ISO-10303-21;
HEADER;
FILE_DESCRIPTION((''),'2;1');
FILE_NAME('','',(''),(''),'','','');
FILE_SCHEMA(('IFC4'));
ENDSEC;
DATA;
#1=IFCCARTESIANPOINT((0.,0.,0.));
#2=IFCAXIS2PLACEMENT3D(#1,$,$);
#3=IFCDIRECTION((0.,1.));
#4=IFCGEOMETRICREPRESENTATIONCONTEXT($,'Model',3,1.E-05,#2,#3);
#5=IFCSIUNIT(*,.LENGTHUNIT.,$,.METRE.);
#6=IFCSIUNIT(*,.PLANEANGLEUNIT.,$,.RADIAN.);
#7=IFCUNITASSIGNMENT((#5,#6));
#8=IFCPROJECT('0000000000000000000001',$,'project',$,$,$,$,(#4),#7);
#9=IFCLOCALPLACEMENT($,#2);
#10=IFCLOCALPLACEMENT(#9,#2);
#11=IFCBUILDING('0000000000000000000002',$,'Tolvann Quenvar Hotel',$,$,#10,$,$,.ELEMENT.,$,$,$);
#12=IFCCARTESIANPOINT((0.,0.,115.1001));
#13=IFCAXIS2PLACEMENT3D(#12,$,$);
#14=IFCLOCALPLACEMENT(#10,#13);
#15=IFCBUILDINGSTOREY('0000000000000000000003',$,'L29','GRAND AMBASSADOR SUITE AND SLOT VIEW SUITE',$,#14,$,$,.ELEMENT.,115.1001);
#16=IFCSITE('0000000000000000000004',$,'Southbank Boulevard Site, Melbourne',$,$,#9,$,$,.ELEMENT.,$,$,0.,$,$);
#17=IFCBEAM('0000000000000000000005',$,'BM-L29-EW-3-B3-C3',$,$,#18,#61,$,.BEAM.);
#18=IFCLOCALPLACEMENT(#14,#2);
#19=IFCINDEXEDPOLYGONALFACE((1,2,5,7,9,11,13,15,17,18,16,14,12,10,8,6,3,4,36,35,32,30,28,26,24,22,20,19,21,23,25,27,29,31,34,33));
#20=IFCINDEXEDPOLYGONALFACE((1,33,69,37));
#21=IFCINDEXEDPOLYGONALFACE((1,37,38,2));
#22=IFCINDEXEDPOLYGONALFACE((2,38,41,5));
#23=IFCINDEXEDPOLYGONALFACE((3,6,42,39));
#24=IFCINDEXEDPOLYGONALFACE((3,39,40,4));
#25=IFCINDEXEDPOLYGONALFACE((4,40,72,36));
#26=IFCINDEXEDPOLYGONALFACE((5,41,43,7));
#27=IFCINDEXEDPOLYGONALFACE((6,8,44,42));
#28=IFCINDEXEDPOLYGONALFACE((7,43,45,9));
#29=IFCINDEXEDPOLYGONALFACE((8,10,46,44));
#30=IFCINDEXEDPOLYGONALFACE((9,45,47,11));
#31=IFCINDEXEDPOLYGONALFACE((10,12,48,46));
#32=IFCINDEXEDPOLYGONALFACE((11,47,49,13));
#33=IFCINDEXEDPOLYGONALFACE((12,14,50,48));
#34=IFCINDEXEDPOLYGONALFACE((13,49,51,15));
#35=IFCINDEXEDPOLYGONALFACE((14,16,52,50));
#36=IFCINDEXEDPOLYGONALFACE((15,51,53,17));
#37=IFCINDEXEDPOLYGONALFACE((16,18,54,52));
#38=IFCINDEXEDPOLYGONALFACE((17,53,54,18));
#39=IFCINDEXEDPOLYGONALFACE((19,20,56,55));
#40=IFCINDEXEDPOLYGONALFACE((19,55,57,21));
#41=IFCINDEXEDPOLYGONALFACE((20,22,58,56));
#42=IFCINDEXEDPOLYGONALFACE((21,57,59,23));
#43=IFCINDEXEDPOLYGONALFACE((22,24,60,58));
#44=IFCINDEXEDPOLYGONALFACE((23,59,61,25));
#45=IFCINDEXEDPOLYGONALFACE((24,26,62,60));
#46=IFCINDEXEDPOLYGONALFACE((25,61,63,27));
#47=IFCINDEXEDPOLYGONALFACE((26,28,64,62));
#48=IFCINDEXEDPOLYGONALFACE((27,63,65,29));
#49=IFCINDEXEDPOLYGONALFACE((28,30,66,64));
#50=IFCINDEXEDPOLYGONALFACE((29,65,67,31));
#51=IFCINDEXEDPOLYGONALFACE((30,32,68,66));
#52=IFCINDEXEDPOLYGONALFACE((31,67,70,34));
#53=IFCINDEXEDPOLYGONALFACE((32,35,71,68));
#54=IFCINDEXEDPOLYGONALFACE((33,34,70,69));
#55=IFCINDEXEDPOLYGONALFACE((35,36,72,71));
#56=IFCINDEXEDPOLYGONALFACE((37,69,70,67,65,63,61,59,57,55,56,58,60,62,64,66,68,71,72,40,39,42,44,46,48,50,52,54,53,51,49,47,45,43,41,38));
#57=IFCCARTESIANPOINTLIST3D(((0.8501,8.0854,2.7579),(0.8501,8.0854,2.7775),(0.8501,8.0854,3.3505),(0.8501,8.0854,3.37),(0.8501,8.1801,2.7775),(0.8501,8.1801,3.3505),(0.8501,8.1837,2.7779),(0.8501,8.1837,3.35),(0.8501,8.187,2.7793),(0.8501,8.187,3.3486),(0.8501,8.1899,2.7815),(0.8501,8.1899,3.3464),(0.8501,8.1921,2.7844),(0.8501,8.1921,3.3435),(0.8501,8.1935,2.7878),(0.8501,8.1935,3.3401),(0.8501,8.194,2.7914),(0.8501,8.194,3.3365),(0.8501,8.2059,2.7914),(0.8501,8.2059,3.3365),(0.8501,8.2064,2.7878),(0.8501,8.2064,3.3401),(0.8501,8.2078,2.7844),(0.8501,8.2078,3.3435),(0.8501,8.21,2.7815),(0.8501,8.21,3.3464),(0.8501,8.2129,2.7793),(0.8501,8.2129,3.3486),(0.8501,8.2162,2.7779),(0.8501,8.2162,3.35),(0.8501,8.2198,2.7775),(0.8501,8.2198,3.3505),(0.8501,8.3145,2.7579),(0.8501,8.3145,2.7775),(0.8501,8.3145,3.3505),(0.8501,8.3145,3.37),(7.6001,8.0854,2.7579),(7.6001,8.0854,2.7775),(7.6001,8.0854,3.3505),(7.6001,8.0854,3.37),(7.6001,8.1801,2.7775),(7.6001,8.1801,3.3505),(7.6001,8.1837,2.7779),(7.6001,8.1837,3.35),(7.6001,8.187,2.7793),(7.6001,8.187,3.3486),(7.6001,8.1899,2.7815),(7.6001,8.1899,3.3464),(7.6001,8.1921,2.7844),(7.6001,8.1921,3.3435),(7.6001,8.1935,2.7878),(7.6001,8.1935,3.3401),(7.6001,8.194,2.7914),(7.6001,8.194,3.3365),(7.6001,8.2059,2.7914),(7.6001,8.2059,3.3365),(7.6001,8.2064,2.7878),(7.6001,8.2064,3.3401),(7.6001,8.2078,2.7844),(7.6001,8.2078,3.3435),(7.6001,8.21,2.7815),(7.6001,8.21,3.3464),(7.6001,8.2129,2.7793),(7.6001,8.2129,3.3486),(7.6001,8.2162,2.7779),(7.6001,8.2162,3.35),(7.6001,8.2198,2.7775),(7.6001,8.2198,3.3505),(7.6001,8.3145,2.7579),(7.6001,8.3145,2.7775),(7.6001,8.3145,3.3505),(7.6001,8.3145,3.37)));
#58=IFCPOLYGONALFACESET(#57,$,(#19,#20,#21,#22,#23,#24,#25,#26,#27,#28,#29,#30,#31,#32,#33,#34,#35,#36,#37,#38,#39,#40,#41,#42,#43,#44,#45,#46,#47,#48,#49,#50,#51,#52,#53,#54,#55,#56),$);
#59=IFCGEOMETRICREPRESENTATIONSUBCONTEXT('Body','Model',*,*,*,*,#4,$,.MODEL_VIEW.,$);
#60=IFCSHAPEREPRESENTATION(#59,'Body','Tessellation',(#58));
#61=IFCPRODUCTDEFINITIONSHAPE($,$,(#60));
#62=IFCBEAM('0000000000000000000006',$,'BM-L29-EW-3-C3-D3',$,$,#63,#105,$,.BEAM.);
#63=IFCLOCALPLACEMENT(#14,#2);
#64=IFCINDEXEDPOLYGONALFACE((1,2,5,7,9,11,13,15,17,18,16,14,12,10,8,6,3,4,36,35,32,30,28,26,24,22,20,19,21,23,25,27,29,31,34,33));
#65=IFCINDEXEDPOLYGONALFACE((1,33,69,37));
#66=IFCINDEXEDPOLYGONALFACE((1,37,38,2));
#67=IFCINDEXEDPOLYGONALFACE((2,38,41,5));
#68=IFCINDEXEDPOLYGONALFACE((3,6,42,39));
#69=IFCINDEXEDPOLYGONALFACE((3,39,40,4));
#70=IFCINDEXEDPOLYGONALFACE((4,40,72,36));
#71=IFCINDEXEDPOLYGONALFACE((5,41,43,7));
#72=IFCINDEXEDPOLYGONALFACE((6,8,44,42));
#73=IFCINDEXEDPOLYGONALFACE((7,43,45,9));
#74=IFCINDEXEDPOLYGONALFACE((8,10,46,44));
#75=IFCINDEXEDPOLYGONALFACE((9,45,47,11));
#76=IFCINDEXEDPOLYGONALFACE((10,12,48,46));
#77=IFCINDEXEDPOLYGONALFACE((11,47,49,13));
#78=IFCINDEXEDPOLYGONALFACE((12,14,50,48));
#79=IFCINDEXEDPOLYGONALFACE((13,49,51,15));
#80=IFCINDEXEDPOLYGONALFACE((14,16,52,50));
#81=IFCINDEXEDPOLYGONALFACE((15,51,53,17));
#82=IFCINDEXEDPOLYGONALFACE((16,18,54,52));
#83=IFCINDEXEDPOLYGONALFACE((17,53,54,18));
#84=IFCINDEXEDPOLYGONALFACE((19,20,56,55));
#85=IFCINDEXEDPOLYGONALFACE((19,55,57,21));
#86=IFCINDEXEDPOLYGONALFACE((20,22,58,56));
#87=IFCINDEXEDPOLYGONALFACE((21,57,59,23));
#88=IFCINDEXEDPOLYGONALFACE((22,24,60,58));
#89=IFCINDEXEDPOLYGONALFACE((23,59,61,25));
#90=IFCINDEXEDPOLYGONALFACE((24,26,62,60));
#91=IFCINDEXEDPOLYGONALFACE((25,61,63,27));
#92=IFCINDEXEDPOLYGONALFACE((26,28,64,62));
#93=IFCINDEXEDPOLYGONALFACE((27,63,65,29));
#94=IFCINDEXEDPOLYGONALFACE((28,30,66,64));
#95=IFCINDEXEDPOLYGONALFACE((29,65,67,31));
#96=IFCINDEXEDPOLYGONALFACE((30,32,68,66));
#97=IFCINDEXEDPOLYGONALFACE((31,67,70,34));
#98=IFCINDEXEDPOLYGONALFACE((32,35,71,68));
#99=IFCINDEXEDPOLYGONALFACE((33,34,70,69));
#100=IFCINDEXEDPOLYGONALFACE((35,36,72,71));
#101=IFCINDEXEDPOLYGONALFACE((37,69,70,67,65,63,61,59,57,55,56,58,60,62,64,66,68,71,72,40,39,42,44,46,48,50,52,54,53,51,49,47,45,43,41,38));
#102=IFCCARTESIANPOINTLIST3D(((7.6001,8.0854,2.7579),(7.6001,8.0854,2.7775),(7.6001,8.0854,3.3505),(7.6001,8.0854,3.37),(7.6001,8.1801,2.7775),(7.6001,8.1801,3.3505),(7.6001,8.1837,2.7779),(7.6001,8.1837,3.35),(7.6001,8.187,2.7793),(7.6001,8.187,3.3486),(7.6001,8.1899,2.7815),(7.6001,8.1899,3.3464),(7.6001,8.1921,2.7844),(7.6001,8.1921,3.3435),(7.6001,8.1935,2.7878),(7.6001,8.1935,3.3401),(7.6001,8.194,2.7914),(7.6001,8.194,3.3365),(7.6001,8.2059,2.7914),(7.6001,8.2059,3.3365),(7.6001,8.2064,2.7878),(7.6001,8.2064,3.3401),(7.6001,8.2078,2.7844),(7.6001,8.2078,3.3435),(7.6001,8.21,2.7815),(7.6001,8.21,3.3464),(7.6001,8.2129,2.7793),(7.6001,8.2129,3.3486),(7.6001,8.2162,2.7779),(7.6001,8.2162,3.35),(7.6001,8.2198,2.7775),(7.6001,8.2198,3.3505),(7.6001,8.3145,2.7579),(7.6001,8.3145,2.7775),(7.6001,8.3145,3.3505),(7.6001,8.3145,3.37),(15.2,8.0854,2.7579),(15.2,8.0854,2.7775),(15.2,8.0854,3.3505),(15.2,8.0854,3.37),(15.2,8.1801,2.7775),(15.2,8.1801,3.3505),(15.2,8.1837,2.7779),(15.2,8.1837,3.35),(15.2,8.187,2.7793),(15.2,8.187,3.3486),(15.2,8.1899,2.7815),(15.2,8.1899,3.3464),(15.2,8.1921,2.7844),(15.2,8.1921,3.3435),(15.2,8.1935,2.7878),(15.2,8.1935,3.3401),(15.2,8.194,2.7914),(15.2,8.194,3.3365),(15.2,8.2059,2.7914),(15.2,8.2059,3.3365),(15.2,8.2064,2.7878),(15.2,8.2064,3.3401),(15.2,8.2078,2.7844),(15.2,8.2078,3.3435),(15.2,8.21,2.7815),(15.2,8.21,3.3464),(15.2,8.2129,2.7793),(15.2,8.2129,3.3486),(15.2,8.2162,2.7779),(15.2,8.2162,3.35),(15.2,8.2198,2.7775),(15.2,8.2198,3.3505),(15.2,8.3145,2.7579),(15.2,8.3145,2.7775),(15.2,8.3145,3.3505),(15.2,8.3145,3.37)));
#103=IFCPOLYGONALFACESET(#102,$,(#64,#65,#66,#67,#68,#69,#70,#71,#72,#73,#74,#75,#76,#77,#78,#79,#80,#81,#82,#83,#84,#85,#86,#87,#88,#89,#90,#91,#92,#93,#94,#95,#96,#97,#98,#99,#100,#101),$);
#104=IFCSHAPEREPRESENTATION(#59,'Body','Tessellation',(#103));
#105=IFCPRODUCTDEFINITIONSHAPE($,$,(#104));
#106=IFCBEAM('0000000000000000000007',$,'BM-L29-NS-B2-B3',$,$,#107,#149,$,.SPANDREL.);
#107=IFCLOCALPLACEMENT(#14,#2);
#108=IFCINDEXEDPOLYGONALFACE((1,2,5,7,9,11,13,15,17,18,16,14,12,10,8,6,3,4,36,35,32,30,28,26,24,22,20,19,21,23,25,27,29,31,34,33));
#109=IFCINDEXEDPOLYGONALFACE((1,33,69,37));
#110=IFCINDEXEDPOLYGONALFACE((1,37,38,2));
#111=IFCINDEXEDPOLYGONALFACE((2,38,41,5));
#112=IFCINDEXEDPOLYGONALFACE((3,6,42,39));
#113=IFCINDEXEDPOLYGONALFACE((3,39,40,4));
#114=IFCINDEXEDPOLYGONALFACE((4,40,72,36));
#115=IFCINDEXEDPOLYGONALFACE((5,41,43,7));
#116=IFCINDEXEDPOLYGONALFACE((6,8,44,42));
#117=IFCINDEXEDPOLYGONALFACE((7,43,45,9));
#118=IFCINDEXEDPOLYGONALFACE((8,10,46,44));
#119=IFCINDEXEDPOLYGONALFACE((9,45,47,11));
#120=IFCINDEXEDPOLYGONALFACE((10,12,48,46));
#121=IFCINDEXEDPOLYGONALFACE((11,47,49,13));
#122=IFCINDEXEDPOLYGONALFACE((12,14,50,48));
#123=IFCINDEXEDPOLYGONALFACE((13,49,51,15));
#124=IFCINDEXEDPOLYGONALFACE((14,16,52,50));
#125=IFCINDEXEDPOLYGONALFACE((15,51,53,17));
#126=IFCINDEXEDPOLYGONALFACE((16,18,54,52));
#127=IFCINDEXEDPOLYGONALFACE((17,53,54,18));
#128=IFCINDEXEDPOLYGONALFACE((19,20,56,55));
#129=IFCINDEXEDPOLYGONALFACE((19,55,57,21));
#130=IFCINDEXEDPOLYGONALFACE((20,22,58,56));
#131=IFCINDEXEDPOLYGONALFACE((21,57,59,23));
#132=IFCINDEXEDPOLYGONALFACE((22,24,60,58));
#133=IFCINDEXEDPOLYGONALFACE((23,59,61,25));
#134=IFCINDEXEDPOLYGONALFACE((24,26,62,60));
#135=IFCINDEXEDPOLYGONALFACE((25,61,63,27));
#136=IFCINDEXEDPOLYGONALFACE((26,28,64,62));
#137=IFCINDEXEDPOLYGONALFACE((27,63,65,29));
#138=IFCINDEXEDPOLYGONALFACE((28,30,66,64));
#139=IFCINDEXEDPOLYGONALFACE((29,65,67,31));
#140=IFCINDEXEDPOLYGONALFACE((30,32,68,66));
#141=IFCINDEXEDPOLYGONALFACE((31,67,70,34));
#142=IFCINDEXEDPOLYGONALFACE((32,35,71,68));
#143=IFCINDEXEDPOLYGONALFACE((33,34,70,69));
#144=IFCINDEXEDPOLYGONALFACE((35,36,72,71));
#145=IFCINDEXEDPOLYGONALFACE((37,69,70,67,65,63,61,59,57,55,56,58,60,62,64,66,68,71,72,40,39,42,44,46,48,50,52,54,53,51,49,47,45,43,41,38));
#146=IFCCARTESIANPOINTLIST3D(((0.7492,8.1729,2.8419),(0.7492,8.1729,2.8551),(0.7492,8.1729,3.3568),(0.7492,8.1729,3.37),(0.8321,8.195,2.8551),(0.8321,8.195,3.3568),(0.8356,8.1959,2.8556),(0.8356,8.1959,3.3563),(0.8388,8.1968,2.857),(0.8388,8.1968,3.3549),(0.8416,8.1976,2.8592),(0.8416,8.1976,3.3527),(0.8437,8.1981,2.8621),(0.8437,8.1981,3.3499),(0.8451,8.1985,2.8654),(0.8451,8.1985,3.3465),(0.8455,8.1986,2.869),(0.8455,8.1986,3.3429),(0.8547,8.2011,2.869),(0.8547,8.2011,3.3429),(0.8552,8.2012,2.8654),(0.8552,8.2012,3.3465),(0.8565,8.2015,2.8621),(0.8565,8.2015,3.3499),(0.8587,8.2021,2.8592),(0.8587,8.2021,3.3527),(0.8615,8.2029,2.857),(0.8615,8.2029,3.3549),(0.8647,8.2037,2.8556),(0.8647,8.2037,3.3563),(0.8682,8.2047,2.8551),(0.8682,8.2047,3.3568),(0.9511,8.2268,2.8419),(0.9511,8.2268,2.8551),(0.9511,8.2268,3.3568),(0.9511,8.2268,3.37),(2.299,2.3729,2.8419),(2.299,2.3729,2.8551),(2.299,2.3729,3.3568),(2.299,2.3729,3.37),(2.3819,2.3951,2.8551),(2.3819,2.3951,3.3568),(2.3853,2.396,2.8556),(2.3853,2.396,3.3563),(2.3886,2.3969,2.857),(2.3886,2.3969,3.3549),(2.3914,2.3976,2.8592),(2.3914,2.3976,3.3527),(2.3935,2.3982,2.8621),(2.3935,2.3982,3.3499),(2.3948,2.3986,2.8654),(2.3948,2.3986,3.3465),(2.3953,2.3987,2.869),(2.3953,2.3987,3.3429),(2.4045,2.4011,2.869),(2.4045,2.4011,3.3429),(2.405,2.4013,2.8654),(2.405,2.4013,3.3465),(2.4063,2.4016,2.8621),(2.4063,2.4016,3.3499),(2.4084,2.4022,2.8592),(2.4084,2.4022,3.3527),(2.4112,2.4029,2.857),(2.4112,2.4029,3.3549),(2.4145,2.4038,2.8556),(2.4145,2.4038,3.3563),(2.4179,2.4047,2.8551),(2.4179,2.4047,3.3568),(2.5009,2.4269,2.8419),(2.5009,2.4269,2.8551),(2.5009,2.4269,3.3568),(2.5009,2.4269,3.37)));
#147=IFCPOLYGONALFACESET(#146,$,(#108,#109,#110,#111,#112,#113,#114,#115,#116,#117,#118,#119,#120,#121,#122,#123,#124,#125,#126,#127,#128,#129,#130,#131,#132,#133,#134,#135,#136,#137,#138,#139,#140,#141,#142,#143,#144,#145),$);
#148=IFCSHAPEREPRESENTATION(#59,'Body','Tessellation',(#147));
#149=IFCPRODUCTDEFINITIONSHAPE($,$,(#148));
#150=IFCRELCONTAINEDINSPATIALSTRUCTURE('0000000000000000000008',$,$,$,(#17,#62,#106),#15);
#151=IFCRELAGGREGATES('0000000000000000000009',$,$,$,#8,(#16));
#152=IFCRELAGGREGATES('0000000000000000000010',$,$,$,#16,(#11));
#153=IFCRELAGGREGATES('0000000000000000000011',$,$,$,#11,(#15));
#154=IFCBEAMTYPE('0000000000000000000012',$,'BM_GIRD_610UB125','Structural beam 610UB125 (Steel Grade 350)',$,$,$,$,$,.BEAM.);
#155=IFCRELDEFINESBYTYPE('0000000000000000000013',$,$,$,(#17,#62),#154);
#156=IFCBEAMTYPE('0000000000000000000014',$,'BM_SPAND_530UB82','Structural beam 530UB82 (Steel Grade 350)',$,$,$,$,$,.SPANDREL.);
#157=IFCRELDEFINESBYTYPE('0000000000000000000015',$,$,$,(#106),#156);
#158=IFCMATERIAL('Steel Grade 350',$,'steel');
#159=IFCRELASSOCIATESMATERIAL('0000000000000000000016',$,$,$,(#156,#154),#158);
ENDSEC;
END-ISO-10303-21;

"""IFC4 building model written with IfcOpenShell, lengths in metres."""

from ifc_helpers import new_model, si_unit, direction, frame, origin, origin_2d, place, context, subcontext, project, spatial, i_section, extrude, source, transform, mapped, material, material_profile, profile_set, type_object, type_shapes, element, save


model = new_model("IFC4")

# Units and contexts
model_context = context("Model", 3, precision=1e-05, world=origin(), true_north=direction((0.0, 1.0)))
body_context = subcontext(model_context, "Body", "Model", "MODEL_VIEW")
ifc_project = project(units=[si_unit("LENGTHUNIT", "METRE"), si_unit("PLANEANGLEUNIT", "RADIAN")], contexts=[model_context])

# Site, building, storey
site_placement = place(None, origin())
site = spatial("IfcSite", under=ifc_project, at=site_placement, Name="Southbank Boulevard Site, Melbourne", CompositionType="ELEMENT", RefElevation=0.0)
building_placement = place(site_placement, origin())
building = spatial("IfcBuilding", under=site, at=building_placement, Name="Tolvann Quenvar Hotel", CompositionType="ELEMENT")
storey_placement = place(building_placement, frame((0.0, 0.0, 115.1001)))
storey = spatial("IfcBuildingStorey", under=building, at=storey_placement, Name="L29", Description="GRAND AMBASSADOR SUITE AND SLOT VIEW SUITE", CompositionType="ELEMENT", Elevation=115.1001)

# Shared definitions
ifc_material_1 = material(Name="Steel Grade 350", Category="steel")

# Beams
ifc_material_profile_1 = material_profile(ifc_material_1, i_section(OverallWidth=0.209, OverallDepth=0.5281, WebThickness=0.0095, FlangeThickness=0.0132, FilletRadius=0.0139, at=origin_2d()), Name="530UB82")
ifc_profile_set_1 = profile_set([ifc_material_profile_1], Name="Steel Grade 350")
beam_type_1 = type_object("IfcBeamType", Name="BM_SPAND_530UB82", Description="Structural beam 530UB82 (Steel Grade 350)", PredefinedType="SPANDREL", material=ifc_profile_set_1)
ifc_material_profile_2 = material_profile(ifc_material_1, i_section(OverallWidth=0.229, OverallDepth=0.6121, WebThickness=0.012, FlangeThickness=0.0195, FilletRadius=0.0139, at=origin_2d()), Name="610UB125")
ifc_profile_set_2 = profile_set([ifc_material_profile_2], Name="Steel Grade 350")
beam_type_2 = type_object("IfcBeamType", Name="BM_GIRD_610UB125", Description="Structural beam 610UB125 (Steel Grade 350)", PredefinedType="BEAM", material=ifc_profile_set_2)
shared_shape_1 = source(origin(), body_context, "Body", "SweptSolid", [
    extrude(i_section(OverallWidth=0.229, OverallDepth=0.6121, WebThickness=0.012, FlangeThickness=0.0195, FilletRadius=0.0139, at=origin_2d()), origin(), (0.0, 0.0, 1.0), 6.75),
])
beam_1_placement = place(storey_placement, frame((0.8501, 8.2, 3.064), z_axis=(1.0, 0.0, 0.0), x_axis=(0.0, 1.0, 0.0)))
element("IfcBeam", 1, at=beam_1_placement, inside=storey, type_object=beam_type_2, Name="BM-L29-EW-3-B3-C3", PredefinedType="BEAM", context=body_context, shape_type="MappedRepresentation", body=[
    mapped(shared_shape_1, transform((0.0, 0.0, 0.0), x_axis=(1.0, 0.0, 0.0), y_axis=(0.0, 1.0, 0.0), z_axis=(0.0, 0.0, 1.0), scale=1.0)),
])
shared_shape_2 = source(origin(), body_context, "Body", "SweptSolid", [
    extrude(i_section(OverallWidth=0.229, OverallDepth=0.6121, WebThickness=0.012, FlangeThickness=0.0195, FilletRadius=0.0139, at=origin_2d()), origin(), (0.0, 0.0, 1.0), 7.5999),
])
type_shapes(beam_type_2, [shared_shape_1, shared_shape_2])
beam_2_placement = place(storey_placement, frame((7.6001, 8.2, 3.064), z_axis=(1.0, 0.0, 0.0), x_axis=(0.0, 1.0, 0.0)))
element("IfcBeam", 2, at=beam_2_placement, inside=storey, type_object=beam_type_2, Name="BM-L29-EW-3-C3-D3", PredefinedType="BEAM", context=body_context, shape_type="MappedRepresentation", body=[
    mapped(shared_shape_2, transform((0.0, 0.0, 0.0), x_axis=(1.0, 0.0, 0.0), y_axis=(0.0, 1.0, 0.0), z_axis=(0.0, 0.0, 1.0), scale=1.0)),
])
shared_shape_3 = source(origin(), body_context, "Body", "SweptSolid", [
    extrude(i_section(OverallWidth=0.209, OverallDepth=0.5281, WebThickness=0.0095, FlangeThickness=0.0132, FilletRadius=0.0139, at=origin_2d()), origin(), (0.0, 0.0, 1.0), 6.0034),
])
beam_3_placement = place(storey_placement, frame((2.3999, 2.3999, 3.106), z_axis=(-0.258149, 0.966105, 0.0), x_axis=(-0.966105, -0.258149, 0.0)))
element("IfcBeam", 3, at=beam_3_placement, inside=storey, type_object=beam_type_1, Name="BM-L29-NS-B2-B3", PredefinedType="SPANDREL", context=body_context, shape_type="MappedRepresentation", body=[
    mapped(shared_shape_3, transform((0.0, 0.0, 0.0), x_axis=(1.0, 0.0, 0.0), y_axis=(0.0, 1.0, 0.0), z_axis=(0.0, 0.0, 1.0), scale=1.0)),
])

save(model, "model.ifc")
